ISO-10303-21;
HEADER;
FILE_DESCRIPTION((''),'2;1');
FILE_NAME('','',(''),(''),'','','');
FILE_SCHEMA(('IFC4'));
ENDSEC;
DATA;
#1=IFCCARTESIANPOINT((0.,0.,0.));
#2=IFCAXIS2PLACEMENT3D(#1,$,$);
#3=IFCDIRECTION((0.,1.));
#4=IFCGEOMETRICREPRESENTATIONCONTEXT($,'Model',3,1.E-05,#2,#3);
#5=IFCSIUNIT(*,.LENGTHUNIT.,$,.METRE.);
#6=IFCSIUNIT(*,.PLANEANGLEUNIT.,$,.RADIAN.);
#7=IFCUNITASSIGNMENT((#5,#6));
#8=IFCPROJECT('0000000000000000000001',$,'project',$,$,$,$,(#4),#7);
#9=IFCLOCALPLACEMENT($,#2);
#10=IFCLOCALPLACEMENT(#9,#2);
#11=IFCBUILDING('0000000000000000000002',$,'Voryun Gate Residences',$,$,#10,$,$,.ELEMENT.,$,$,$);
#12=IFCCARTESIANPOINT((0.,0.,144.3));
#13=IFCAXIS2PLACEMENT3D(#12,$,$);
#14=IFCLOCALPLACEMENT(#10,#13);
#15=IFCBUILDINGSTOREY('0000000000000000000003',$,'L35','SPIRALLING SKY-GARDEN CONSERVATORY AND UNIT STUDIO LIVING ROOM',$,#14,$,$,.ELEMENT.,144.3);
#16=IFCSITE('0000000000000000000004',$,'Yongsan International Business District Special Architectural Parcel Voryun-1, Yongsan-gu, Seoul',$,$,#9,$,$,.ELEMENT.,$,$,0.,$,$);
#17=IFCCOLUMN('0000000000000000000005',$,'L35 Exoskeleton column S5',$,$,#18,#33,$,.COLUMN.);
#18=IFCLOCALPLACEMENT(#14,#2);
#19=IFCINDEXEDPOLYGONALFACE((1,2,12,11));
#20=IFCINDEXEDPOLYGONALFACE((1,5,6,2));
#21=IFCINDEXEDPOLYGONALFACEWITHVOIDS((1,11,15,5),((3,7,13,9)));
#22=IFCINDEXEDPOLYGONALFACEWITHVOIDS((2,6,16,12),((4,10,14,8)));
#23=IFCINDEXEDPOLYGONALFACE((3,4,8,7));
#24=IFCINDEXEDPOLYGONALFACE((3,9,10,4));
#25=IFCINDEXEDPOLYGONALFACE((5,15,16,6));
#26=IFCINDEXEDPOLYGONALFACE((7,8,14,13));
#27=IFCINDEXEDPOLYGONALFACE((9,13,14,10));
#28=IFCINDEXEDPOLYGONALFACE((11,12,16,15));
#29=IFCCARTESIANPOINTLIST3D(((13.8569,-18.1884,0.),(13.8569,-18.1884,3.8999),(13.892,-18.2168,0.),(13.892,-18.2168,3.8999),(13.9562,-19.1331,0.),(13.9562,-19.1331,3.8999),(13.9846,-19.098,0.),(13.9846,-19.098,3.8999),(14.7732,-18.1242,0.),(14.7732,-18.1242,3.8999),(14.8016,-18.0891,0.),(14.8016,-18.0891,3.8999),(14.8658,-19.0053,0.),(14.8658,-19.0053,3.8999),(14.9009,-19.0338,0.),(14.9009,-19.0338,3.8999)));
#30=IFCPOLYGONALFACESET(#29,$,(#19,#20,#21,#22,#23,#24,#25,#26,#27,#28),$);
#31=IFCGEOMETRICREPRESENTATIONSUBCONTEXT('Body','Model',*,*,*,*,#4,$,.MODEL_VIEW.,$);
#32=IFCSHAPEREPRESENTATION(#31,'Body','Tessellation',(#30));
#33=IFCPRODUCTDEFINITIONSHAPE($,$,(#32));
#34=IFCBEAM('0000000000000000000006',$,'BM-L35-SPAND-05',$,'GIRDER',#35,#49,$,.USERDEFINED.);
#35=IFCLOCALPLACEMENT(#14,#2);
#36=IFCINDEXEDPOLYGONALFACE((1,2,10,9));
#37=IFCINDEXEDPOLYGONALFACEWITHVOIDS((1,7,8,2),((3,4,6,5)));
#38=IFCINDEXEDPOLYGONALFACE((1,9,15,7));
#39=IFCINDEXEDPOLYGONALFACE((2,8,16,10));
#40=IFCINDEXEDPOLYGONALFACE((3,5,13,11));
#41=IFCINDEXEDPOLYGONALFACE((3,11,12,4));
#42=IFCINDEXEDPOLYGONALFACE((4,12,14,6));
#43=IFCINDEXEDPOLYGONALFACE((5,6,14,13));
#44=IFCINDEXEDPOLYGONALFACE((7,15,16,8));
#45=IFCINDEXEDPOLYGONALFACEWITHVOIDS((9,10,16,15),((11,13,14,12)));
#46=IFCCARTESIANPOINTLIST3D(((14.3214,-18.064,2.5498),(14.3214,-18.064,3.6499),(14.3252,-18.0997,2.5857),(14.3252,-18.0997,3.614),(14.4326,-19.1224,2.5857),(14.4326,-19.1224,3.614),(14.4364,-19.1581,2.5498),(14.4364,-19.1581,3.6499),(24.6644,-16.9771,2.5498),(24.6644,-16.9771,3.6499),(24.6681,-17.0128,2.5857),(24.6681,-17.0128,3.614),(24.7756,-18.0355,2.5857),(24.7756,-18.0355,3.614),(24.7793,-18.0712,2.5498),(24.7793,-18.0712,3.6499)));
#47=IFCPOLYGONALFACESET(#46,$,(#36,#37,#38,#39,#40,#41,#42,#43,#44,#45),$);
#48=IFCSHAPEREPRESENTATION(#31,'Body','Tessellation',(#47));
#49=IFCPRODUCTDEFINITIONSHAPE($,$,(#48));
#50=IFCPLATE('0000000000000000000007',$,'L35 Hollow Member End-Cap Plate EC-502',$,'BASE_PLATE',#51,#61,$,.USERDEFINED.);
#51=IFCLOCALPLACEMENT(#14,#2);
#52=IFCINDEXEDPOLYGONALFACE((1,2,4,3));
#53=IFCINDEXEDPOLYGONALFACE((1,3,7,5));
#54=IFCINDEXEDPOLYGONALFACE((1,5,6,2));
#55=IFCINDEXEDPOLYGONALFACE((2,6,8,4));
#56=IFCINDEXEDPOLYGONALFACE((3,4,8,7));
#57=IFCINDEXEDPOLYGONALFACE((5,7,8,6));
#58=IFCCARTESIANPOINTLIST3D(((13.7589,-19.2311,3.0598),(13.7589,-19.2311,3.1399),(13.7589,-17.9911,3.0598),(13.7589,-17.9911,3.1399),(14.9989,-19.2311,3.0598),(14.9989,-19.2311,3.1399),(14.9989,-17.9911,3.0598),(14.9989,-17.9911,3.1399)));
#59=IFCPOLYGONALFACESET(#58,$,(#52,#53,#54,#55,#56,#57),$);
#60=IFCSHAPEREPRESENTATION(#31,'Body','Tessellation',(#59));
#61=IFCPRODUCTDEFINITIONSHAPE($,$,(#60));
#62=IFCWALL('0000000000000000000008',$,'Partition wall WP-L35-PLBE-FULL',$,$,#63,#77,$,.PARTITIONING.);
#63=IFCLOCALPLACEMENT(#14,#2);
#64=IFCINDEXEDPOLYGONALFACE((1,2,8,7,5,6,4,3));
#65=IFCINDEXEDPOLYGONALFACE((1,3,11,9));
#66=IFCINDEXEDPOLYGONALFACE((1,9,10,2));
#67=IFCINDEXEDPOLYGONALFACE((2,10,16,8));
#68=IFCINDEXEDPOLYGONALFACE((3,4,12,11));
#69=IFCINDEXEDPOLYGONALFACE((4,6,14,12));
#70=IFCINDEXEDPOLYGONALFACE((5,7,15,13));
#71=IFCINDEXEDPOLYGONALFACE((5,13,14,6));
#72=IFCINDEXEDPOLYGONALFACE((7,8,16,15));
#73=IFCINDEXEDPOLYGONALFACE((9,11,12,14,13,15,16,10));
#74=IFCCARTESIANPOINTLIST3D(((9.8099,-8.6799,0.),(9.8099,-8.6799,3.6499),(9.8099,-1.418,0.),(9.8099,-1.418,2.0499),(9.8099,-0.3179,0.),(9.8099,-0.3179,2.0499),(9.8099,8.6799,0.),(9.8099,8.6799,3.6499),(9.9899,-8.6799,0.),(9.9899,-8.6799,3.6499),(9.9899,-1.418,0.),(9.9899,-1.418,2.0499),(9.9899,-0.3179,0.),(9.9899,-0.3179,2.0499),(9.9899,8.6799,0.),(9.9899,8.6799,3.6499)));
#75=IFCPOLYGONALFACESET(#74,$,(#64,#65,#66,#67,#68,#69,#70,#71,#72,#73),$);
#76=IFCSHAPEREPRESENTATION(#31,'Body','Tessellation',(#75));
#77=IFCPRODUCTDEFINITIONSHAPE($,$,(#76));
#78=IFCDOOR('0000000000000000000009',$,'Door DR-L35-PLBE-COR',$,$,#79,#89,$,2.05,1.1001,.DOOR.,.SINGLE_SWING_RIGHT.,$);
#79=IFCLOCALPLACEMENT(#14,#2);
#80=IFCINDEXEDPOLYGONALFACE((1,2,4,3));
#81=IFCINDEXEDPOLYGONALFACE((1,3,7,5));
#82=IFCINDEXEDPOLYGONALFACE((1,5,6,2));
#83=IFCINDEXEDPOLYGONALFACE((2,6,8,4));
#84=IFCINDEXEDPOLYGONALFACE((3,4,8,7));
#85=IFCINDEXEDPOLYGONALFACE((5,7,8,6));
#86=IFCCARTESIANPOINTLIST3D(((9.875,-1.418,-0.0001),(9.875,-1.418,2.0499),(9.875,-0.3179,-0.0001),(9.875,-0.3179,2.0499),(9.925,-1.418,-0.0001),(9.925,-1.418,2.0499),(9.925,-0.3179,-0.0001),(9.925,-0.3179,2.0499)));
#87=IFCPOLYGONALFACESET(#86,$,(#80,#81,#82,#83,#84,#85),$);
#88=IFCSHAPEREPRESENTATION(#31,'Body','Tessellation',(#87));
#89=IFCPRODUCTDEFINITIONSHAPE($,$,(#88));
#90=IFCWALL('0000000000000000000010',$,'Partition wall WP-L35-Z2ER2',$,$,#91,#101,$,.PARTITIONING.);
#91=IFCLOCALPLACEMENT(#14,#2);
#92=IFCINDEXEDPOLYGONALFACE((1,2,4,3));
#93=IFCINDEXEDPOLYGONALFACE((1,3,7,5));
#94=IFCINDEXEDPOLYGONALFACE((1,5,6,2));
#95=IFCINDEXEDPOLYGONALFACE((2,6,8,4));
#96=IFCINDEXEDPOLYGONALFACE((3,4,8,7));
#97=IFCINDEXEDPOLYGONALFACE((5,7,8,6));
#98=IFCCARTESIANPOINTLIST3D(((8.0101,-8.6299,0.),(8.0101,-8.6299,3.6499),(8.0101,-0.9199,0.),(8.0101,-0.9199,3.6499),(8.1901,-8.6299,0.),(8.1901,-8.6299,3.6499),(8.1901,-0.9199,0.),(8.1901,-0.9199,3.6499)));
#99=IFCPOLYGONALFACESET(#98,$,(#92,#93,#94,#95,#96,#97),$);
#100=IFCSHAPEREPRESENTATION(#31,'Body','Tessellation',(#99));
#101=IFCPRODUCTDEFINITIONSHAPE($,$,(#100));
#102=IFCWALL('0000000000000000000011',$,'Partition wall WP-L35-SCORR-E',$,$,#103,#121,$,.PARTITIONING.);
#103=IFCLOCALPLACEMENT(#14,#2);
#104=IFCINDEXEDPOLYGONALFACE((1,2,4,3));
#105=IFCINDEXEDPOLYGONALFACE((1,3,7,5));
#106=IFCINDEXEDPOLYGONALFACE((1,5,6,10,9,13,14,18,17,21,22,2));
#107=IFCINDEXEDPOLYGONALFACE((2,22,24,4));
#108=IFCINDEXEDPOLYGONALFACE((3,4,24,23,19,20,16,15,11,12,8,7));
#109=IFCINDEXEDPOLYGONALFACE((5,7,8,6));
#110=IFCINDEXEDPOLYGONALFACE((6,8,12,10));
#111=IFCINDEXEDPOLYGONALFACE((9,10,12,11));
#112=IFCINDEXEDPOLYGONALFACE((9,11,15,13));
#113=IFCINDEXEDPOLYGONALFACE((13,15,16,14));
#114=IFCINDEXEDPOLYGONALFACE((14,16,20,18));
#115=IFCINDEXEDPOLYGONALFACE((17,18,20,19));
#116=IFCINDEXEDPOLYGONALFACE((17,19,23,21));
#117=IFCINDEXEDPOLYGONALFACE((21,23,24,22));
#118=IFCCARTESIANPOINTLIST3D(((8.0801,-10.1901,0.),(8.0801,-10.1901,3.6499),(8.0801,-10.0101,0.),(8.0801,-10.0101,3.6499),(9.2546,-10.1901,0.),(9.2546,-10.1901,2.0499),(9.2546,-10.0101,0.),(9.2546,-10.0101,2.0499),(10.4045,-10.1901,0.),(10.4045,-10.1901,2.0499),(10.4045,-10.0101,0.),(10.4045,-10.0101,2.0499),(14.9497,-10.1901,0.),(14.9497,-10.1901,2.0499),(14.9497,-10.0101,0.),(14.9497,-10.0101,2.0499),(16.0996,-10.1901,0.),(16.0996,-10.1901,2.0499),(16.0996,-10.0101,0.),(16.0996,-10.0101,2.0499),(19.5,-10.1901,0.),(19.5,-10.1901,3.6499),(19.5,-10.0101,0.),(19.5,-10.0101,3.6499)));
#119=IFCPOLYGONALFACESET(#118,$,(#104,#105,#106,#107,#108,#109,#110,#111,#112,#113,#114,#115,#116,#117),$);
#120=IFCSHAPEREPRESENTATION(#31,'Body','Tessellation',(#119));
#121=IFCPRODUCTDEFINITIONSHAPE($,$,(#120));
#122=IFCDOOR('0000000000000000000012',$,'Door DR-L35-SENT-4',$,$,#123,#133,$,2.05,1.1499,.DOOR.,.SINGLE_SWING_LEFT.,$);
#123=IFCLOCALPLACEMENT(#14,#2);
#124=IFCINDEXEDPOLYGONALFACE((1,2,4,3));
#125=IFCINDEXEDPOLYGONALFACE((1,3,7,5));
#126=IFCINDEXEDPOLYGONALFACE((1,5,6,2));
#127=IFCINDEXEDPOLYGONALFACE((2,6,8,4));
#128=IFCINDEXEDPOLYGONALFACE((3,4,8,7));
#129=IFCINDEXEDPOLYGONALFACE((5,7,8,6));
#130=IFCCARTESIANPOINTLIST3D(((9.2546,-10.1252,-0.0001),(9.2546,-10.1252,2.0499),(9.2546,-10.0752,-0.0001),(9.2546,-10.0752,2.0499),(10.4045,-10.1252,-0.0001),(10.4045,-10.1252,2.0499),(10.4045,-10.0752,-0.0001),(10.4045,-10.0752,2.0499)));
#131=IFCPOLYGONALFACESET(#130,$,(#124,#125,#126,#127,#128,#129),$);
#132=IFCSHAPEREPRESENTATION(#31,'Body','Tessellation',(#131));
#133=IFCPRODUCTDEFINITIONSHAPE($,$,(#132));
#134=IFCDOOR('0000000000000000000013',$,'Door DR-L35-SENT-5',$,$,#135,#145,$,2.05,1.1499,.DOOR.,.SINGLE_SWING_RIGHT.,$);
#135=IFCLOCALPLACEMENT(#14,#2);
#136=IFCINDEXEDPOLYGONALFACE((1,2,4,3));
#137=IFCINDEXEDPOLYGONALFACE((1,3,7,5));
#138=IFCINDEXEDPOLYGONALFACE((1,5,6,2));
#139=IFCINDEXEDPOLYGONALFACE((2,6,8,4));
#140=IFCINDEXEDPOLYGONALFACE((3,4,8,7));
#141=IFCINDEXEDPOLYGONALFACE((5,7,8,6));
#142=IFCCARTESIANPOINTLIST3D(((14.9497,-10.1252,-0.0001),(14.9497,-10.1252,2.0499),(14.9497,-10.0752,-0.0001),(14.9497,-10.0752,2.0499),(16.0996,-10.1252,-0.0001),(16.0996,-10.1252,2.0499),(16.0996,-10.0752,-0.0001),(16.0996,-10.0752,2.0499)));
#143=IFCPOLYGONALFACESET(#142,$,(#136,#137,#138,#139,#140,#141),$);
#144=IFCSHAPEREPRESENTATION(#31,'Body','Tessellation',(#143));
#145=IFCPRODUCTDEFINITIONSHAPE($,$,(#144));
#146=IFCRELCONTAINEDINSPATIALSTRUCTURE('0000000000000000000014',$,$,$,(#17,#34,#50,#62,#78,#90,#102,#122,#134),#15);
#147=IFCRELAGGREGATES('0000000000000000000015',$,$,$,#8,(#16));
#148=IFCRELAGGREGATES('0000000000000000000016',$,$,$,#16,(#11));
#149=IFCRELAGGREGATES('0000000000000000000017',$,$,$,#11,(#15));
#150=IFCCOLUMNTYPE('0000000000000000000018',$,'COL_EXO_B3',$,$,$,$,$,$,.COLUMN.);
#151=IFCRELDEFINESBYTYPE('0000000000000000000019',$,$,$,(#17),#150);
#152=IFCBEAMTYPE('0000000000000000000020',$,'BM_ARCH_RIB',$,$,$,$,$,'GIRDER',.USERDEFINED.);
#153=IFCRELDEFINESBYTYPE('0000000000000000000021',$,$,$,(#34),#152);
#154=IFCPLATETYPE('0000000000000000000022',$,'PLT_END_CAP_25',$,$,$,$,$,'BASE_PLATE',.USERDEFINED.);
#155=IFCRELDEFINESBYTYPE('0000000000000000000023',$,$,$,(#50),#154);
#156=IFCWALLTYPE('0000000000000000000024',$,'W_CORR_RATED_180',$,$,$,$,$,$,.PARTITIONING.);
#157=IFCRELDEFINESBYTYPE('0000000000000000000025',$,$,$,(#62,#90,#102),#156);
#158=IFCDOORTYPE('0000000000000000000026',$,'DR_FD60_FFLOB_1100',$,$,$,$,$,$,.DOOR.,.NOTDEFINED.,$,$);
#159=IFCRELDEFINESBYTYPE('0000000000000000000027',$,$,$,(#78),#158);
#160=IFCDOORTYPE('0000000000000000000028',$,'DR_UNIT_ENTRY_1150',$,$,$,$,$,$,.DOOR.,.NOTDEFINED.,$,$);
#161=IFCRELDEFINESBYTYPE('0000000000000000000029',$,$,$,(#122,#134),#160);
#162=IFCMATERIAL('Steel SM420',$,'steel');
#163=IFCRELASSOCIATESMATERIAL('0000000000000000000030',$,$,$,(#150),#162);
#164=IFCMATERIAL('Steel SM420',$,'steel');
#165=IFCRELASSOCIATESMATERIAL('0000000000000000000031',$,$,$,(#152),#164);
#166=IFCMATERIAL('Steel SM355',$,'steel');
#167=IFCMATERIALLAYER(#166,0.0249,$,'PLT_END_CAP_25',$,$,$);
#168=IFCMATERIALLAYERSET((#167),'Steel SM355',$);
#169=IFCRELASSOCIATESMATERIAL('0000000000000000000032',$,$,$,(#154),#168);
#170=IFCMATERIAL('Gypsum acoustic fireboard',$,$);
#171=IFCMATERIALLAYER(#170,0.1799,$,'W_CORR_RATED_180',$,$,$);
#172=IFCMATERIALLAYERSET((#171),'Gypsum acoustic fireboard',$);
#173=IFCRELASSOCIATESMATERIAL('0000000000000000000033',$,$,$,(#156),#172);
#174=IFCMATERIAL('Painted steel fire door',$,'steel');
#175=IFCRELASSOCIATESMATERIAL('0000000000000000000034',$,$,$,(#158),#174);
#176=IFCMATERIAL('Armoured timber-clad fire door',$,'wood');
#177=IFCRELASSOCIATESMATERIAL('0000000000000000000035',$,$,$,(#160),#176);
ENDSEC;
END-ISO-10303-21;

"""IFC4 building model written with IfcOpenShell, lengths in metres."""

from ifc_helpers import new_model, si_unit, direction, frame, frame_2d, origin, origin_2d, place, context, subcontext, project, spatial, rectangle, hollow_rectangle, extrude, material, layer, layer_set, material_profile, profile_set, type_object, element, fill, save


model = new_model("IFC4")

# Units and contexts
model_context = context("Model", 3, precision=1e-05, world=origin(), true_north=direction((0.0, 1.0)))
body_context = subcontext(model_context, "Body", "Model", "MODEL_VIEW")
ifc_project = project(units=[si_unit("LENGTHUNIT", "METRE"), si_unit("PLANEANGLEUNIT", "RADIAN")], contexts=[model_context])

# Site, building, storey
site_placement = place(None, origin())
site = spatial("IfcSite", under=ifc_project, at=site_placement, Name="Yongsan International Business District Special Architectural Parcel Voryun-1, Yongsan-gu, Seoul", CompositionType="ELEMENT", RefElevation=0.0)
building_placement = place(site_placement, origin())
building = spatial("IfcBuilding", under=site, at=building_placement, Name="Voryun Gate Residences", CompositionType="ELEMENT")
storey_placement = place(building_placement, frame((0.0, 0.0, 144.3)))
storey = spatial("IfcBuildingStorey", under=building, at=storey_placement, Name="L35", Description="SPIRALLING SKY-GARDEN CONSERVATORY AND UNIT STUDIO LIVING ROOM", CompositionType="ELEMENT", Elevation=144.3)

# Column
ifc_material_1 = material(Name="Steel SM420", Category="steel")
ifc_material_profile_1 = material_profile(ifc_material_1, hollow_rectangle(XDim=0.95, YDim=0.95, WallThickness=0.032, at=origin_2d()), Name="BOX-950x950x32")
ifc_profile_set_1 = profile_set([ifc_material_profile_1], Name="Steel SM420")
column_type = type_object("IfcColumnType", Name="COL_EXO_B3", PredefinedType="COLUMN", material=ifc_profile_set_1)
column_placement = place(storey_placement, frame((14.3789, -18.6111, 0.0), z_axis=(0.0, 0.0, 1.0), x_axis=(0.994522, 0.104528, 0.0)))
element("IfcColumn", 1, at=column_placement, inside=storey, type_object=column_type, Name="L35 Exoskeleton column S5", PredefinedType="COLUMN", context=body_context, shape_type="SweptSolid", body=[
    extrude(hollow_rectangle(XDim=0.95, YDim=0.95, WallThickness=0.032, at=origin_2d()), origin(), (0.0, 0.0, 1.0), 3.8999),
])

# Beam
ifc_material_2 = material(Name="Steel SM420", Category="steel")
ifc_material_profile_2 = material_profile(ifc_material_2, hollow_rectangle(XDim=1.1001, YDim=1.1001, WallThickness=0.0359, at=origin_2d()), Name="BOX-1100x1100x36")
ifc_profile_set_2 = profile_set([ifc_material_profile_2], Name="Steel SM420")
beam_type = type_object("IfcBeamType", Name="BM_ARCH_RIB", ElementType="GIRDER", PredefinedType="USERDEFINED", material=ifc_profile_set_2)
beam_placement = place(storey_placement, frame((14.3789, -18.6111, 3.0999), z_axis=(0.994524, 0.104511, 0.0), x_axis=(-0.104511, 0.994524, 0.0)))
element("IfcBeam", 2, at=beam_placement, inside=storey, type_object=beam_type, Name="BM-L35-SPAND-05", ObjectType="GIRDER", PredefinedType="USERDEFINED", context=body_context, shape_type="SweptSolid", body=[
    extrude(hollow_rectangle(XDim=1.1001, YDim=1.1001, WallThickness=0.0359, at=origin_2d()), origin(), (0.0, 0.0, 1.0), 10.3999),
])

# Plate
ifc_material_3 = material(Name="Steel SM355", Category="steel")
ifc_layer_1 = layer(ifc_material_3, 0.0249, Name="PLT_END_CAP_25")
ifc_layer_set_1 = layer_set([ifc_layer_1], Name="Steel SM355")
plate_type = type_object("IfcPlateType", Name="PLT_END_CAP_25", ElementType="BASE_PLATE", PredefinedType="USERDEFINED", material=ifc_layer_set_1)
plate_placement = place(storey_placement, frame((14.3789, -18.6111, 3.0598), z_axis=(0.0, 0.0, 1.0), x_axis=(1.0, 0.0, 0.0)))
element("IfcPlate", 3, at=plate_placement, inside=storey, type_object=plate_type, Name="L35 Hollow Member End-Cap Plate EC-502", ObjectType="BASE_PLATE", PredefinedType="USERDEFINED", context=body_context, shape_type="SweptSolid", body=[
    extrude(rectangle(XDim=1.24, YDim=1.24, at=origin_2d()), origin(), (0.0, 0.0, 1.0), 0.0801),
])

# Wall, opening, door
ifc_material_4 = material(Name="Gypsum acoustic fireboard")
ifc_layer_2 = layer(ifc_material_4, 0.1799, Name="W_CORR_RATED_180")
ifc_layer_set_2 = layer_set([ifc_layer_2], Name="Gypsum acoustic fireboard")
wall_type_1 = type_object("IfcWallType", Name="W_CORR_RATED_180", PredefinedType="PARTITIONING", material=ifc_layer_set_2)
wall_1_placement = place(storey_placement, frame((9.8999, -8.6799, 0.0), z_axis=(0.0, 0.0, 1.0), x_axis=(0.0, 1.0, 0.0)))
wall_1 = element("IfcWall", 4, at=wall_1_placement, inside=storey, type_object=wall_type_1, Name="Partition wall WP-L35-PLBE-FULL", PredefinedType="PARTITIONING", context=body_context, shape_type="SweptSolid", body=[
    extrude(rectangle(XDim=17.3599, YDim=0.1799, at=frame_2d((8.6799, 0.0))), origin(), (0.0, 0.0, 1.0), 3.6499),
])
opening_1_placement = place(wall_1_placement, frame((7.262, 0.0, 0.0)))
opening_1 = element("IfcOpeningElement", 5, at=opening_1_placement, cuts=wall_1, PredefinedType="OPENING", context=body_context, shape_type="SweptSolid", body=[
    extrude(rectangle(XDim=1.1001, YDim=2.05, at=frame_2d((0.55, 1.0249))), frame((0.0, 0.0999, 0.0), z_axis=(0.0, -1.0, 0.0), x_axis=(1.0, 0.0, 0.0)), (0.0, 0.0, 1.0), 0.2),
])
ifc_material_5 = material(Name="Painted steel fire door", Category="steel")
door_type_1 = type_object("IfcDoorType", Name="DR_FD60_FFLOB_1100", OperationType="NOTDEFINED", PredefinedType="DOOR", material=ifc_material_5)
door_1_placement = place(opening_1_placement, origin())
door_1 = element("IfcDoor", 6, at=door_1_placement, inside=storey, type_object=door_type_1, Name="Door DR-L35-PLBE-COR", OperationType="SINGLE_SWING_RIGHT", OverallHeight=2.05, OverallWidth=1.1001, PredefinedType="DOOR", context=body_context, shape_type="SweptSolid", body=[
    extrude(rectangle(XDim=1.1001, YDim=2.05, at=frame_2d((0.55, 1.0249))), frame((0.0, 0.0249, 0.0), z_axis=(0.0, -1.0, 0.0), x_axis=(1.0, 0.0, 0.0)), (0.0, 0.0, 1.0), 0.05),
])
fill(opening_1, door_1)

# Wall
wall_2_placement = place(storey_placement, frame((8.1001, -8.6299, 0.0), z_axis=(0.0, 0.0, 1.0), x_axis=(0.0, 1.0, 0.0)))
element("IfcWall", 7, at=wall_2_placement, inside=storey, type_object=wall_type_1, Name="Partition wall WP-L35-Z2ER2", PredefinedType="PARTITIONING", context=body_context, shape_type="SweptSolid", body=[
    extrude(rectangle(XDim=7.71, YDim=0.1799, at=frame_2d((3.855, 0.0))), origin(), (0.0, 0.0, 1.0), 3.6499),
])

# Wall, openings, doors
wall_3_placement = place(storey_placement, frame((8.0801, -10.1001, 0.0), z_axis=(0.0, 0.0, 1.0), x_axis=(1.0, 0.0, 0.0)))
wall_3 = element("IfcWall", 8, at=wall_3_placement, inside=storey, type_object=wall_type_1, Name="Partition wall WP-L35-SCORR-E", PredefinedType="PARTITIONING", context=body_context, shape_type="SweptSolid", body=[
    extrude(rectangle(XDim=11.4199, YDim=0.1799, at=frame_2d((5.71, 0.0))), origin(), (0.0, 0.0, 1.0), 3.6499),
])
opening_2_placement = place(wall_3_placement, frame((1.1746, 0.0, 0.0)))
opening_2 = element("IfcOpeningElement", 9, at=opening_2_placement, cuts=wall_3, PredefinedType="OPENING", context=body_context, shape_type="SweptSolid", body=[
    extrude(rectangle(XDim=1.1499, YDim=2.05, at=frame_2d((0.575, 1.0249))), frame((0.0, 0.0999, 0.0), z_axis=(0.0, -1.0, 0.0), x_axis=(1.0, 0.0, 0.0)), (0.0, 0.0, 1.0), 0.2),
])
opening_3_placement = place(wall_3_placement, frame((6.8696, 0.0, 0.0)))
opening_3 = element("IfcOpeningElement", 10, at=opening_3_placement, cuts=wall_3, PredefinedType="OPENING", context=body_context, shape_type="SweptSolid", body=[
    extrude(rectangle(XDim=1.1499, YDim=2.05, at=frame_2d((0.575, 1.0249))), frame((0.0, 0.0999, 0.0), z_axis=(0.0, -1.0, 0.0), x_axis=(1.0, 0.0, 0.0)), (0.0, 0.0, 1.0), 0.2),
])
ifc_material_6 = material(Name="Armoured timber-clad fire door", Category="wood")
door_type_2 = type_object("IfcDoorType", Name="DR_UNIT_ENTRY_1150", OperationType="NOTDEFINED", PredefinedType="DOOR", material=ifc_material_6)
door_2_placement = place(opening_2_placement, origin())
door_2 = element("IfcDoor", 11, at=door_2_placement, inside=storey, type_object=door_type_2, Name="Door DR-L35-SENT-4", OperationType="SINGLE_SWING_LEFT", OverallHeight=2.05, OverallWidth=1.1499, PredefinedType="DOOR", context=body_context, shape_type="SweptSolid", body=[
    extrude(rectangle(XDim=1.1499, YDim=2.05, at=frame_2d((0.575, 1.0249))), frame((0.0, 0.0249, 0.0), z_axis=(0.0, -1.0, 0.0), x_axis=(1.0, 0.0, 0.0)), (0.0, 0.0, 1.0), 0.05),
])
fill(opening_2, door_2)
door_3_placement = place(opening_3_placement, origin())
door_3 = element("IfcDoor", 12, at=door_3_placement, inside=storey, type_object=door_type_2, Name="Door DR-L35-SENT-5", OperationType="SINGLE_SWING_RIGHT", OverallHeight=2.05, OverallWidth=1.1499, PredefinedType="DOOR", context=body_context, shape_type="SweptSolid", body=[
    extrude(rectangle(XDim=1.1499, YDim=2.05, at=frame_2d((0.575, 1.0249))), frame((0.0, 0.0249, 0.0), z_axis=(0.0, -1.0, 0.0), x_axis=(1.0, 0.0, 0.0)), (0.0, 0.0, 1.0), 0.05),
])
fill(opening_3, door_3)

save(model, "model.ifc")
